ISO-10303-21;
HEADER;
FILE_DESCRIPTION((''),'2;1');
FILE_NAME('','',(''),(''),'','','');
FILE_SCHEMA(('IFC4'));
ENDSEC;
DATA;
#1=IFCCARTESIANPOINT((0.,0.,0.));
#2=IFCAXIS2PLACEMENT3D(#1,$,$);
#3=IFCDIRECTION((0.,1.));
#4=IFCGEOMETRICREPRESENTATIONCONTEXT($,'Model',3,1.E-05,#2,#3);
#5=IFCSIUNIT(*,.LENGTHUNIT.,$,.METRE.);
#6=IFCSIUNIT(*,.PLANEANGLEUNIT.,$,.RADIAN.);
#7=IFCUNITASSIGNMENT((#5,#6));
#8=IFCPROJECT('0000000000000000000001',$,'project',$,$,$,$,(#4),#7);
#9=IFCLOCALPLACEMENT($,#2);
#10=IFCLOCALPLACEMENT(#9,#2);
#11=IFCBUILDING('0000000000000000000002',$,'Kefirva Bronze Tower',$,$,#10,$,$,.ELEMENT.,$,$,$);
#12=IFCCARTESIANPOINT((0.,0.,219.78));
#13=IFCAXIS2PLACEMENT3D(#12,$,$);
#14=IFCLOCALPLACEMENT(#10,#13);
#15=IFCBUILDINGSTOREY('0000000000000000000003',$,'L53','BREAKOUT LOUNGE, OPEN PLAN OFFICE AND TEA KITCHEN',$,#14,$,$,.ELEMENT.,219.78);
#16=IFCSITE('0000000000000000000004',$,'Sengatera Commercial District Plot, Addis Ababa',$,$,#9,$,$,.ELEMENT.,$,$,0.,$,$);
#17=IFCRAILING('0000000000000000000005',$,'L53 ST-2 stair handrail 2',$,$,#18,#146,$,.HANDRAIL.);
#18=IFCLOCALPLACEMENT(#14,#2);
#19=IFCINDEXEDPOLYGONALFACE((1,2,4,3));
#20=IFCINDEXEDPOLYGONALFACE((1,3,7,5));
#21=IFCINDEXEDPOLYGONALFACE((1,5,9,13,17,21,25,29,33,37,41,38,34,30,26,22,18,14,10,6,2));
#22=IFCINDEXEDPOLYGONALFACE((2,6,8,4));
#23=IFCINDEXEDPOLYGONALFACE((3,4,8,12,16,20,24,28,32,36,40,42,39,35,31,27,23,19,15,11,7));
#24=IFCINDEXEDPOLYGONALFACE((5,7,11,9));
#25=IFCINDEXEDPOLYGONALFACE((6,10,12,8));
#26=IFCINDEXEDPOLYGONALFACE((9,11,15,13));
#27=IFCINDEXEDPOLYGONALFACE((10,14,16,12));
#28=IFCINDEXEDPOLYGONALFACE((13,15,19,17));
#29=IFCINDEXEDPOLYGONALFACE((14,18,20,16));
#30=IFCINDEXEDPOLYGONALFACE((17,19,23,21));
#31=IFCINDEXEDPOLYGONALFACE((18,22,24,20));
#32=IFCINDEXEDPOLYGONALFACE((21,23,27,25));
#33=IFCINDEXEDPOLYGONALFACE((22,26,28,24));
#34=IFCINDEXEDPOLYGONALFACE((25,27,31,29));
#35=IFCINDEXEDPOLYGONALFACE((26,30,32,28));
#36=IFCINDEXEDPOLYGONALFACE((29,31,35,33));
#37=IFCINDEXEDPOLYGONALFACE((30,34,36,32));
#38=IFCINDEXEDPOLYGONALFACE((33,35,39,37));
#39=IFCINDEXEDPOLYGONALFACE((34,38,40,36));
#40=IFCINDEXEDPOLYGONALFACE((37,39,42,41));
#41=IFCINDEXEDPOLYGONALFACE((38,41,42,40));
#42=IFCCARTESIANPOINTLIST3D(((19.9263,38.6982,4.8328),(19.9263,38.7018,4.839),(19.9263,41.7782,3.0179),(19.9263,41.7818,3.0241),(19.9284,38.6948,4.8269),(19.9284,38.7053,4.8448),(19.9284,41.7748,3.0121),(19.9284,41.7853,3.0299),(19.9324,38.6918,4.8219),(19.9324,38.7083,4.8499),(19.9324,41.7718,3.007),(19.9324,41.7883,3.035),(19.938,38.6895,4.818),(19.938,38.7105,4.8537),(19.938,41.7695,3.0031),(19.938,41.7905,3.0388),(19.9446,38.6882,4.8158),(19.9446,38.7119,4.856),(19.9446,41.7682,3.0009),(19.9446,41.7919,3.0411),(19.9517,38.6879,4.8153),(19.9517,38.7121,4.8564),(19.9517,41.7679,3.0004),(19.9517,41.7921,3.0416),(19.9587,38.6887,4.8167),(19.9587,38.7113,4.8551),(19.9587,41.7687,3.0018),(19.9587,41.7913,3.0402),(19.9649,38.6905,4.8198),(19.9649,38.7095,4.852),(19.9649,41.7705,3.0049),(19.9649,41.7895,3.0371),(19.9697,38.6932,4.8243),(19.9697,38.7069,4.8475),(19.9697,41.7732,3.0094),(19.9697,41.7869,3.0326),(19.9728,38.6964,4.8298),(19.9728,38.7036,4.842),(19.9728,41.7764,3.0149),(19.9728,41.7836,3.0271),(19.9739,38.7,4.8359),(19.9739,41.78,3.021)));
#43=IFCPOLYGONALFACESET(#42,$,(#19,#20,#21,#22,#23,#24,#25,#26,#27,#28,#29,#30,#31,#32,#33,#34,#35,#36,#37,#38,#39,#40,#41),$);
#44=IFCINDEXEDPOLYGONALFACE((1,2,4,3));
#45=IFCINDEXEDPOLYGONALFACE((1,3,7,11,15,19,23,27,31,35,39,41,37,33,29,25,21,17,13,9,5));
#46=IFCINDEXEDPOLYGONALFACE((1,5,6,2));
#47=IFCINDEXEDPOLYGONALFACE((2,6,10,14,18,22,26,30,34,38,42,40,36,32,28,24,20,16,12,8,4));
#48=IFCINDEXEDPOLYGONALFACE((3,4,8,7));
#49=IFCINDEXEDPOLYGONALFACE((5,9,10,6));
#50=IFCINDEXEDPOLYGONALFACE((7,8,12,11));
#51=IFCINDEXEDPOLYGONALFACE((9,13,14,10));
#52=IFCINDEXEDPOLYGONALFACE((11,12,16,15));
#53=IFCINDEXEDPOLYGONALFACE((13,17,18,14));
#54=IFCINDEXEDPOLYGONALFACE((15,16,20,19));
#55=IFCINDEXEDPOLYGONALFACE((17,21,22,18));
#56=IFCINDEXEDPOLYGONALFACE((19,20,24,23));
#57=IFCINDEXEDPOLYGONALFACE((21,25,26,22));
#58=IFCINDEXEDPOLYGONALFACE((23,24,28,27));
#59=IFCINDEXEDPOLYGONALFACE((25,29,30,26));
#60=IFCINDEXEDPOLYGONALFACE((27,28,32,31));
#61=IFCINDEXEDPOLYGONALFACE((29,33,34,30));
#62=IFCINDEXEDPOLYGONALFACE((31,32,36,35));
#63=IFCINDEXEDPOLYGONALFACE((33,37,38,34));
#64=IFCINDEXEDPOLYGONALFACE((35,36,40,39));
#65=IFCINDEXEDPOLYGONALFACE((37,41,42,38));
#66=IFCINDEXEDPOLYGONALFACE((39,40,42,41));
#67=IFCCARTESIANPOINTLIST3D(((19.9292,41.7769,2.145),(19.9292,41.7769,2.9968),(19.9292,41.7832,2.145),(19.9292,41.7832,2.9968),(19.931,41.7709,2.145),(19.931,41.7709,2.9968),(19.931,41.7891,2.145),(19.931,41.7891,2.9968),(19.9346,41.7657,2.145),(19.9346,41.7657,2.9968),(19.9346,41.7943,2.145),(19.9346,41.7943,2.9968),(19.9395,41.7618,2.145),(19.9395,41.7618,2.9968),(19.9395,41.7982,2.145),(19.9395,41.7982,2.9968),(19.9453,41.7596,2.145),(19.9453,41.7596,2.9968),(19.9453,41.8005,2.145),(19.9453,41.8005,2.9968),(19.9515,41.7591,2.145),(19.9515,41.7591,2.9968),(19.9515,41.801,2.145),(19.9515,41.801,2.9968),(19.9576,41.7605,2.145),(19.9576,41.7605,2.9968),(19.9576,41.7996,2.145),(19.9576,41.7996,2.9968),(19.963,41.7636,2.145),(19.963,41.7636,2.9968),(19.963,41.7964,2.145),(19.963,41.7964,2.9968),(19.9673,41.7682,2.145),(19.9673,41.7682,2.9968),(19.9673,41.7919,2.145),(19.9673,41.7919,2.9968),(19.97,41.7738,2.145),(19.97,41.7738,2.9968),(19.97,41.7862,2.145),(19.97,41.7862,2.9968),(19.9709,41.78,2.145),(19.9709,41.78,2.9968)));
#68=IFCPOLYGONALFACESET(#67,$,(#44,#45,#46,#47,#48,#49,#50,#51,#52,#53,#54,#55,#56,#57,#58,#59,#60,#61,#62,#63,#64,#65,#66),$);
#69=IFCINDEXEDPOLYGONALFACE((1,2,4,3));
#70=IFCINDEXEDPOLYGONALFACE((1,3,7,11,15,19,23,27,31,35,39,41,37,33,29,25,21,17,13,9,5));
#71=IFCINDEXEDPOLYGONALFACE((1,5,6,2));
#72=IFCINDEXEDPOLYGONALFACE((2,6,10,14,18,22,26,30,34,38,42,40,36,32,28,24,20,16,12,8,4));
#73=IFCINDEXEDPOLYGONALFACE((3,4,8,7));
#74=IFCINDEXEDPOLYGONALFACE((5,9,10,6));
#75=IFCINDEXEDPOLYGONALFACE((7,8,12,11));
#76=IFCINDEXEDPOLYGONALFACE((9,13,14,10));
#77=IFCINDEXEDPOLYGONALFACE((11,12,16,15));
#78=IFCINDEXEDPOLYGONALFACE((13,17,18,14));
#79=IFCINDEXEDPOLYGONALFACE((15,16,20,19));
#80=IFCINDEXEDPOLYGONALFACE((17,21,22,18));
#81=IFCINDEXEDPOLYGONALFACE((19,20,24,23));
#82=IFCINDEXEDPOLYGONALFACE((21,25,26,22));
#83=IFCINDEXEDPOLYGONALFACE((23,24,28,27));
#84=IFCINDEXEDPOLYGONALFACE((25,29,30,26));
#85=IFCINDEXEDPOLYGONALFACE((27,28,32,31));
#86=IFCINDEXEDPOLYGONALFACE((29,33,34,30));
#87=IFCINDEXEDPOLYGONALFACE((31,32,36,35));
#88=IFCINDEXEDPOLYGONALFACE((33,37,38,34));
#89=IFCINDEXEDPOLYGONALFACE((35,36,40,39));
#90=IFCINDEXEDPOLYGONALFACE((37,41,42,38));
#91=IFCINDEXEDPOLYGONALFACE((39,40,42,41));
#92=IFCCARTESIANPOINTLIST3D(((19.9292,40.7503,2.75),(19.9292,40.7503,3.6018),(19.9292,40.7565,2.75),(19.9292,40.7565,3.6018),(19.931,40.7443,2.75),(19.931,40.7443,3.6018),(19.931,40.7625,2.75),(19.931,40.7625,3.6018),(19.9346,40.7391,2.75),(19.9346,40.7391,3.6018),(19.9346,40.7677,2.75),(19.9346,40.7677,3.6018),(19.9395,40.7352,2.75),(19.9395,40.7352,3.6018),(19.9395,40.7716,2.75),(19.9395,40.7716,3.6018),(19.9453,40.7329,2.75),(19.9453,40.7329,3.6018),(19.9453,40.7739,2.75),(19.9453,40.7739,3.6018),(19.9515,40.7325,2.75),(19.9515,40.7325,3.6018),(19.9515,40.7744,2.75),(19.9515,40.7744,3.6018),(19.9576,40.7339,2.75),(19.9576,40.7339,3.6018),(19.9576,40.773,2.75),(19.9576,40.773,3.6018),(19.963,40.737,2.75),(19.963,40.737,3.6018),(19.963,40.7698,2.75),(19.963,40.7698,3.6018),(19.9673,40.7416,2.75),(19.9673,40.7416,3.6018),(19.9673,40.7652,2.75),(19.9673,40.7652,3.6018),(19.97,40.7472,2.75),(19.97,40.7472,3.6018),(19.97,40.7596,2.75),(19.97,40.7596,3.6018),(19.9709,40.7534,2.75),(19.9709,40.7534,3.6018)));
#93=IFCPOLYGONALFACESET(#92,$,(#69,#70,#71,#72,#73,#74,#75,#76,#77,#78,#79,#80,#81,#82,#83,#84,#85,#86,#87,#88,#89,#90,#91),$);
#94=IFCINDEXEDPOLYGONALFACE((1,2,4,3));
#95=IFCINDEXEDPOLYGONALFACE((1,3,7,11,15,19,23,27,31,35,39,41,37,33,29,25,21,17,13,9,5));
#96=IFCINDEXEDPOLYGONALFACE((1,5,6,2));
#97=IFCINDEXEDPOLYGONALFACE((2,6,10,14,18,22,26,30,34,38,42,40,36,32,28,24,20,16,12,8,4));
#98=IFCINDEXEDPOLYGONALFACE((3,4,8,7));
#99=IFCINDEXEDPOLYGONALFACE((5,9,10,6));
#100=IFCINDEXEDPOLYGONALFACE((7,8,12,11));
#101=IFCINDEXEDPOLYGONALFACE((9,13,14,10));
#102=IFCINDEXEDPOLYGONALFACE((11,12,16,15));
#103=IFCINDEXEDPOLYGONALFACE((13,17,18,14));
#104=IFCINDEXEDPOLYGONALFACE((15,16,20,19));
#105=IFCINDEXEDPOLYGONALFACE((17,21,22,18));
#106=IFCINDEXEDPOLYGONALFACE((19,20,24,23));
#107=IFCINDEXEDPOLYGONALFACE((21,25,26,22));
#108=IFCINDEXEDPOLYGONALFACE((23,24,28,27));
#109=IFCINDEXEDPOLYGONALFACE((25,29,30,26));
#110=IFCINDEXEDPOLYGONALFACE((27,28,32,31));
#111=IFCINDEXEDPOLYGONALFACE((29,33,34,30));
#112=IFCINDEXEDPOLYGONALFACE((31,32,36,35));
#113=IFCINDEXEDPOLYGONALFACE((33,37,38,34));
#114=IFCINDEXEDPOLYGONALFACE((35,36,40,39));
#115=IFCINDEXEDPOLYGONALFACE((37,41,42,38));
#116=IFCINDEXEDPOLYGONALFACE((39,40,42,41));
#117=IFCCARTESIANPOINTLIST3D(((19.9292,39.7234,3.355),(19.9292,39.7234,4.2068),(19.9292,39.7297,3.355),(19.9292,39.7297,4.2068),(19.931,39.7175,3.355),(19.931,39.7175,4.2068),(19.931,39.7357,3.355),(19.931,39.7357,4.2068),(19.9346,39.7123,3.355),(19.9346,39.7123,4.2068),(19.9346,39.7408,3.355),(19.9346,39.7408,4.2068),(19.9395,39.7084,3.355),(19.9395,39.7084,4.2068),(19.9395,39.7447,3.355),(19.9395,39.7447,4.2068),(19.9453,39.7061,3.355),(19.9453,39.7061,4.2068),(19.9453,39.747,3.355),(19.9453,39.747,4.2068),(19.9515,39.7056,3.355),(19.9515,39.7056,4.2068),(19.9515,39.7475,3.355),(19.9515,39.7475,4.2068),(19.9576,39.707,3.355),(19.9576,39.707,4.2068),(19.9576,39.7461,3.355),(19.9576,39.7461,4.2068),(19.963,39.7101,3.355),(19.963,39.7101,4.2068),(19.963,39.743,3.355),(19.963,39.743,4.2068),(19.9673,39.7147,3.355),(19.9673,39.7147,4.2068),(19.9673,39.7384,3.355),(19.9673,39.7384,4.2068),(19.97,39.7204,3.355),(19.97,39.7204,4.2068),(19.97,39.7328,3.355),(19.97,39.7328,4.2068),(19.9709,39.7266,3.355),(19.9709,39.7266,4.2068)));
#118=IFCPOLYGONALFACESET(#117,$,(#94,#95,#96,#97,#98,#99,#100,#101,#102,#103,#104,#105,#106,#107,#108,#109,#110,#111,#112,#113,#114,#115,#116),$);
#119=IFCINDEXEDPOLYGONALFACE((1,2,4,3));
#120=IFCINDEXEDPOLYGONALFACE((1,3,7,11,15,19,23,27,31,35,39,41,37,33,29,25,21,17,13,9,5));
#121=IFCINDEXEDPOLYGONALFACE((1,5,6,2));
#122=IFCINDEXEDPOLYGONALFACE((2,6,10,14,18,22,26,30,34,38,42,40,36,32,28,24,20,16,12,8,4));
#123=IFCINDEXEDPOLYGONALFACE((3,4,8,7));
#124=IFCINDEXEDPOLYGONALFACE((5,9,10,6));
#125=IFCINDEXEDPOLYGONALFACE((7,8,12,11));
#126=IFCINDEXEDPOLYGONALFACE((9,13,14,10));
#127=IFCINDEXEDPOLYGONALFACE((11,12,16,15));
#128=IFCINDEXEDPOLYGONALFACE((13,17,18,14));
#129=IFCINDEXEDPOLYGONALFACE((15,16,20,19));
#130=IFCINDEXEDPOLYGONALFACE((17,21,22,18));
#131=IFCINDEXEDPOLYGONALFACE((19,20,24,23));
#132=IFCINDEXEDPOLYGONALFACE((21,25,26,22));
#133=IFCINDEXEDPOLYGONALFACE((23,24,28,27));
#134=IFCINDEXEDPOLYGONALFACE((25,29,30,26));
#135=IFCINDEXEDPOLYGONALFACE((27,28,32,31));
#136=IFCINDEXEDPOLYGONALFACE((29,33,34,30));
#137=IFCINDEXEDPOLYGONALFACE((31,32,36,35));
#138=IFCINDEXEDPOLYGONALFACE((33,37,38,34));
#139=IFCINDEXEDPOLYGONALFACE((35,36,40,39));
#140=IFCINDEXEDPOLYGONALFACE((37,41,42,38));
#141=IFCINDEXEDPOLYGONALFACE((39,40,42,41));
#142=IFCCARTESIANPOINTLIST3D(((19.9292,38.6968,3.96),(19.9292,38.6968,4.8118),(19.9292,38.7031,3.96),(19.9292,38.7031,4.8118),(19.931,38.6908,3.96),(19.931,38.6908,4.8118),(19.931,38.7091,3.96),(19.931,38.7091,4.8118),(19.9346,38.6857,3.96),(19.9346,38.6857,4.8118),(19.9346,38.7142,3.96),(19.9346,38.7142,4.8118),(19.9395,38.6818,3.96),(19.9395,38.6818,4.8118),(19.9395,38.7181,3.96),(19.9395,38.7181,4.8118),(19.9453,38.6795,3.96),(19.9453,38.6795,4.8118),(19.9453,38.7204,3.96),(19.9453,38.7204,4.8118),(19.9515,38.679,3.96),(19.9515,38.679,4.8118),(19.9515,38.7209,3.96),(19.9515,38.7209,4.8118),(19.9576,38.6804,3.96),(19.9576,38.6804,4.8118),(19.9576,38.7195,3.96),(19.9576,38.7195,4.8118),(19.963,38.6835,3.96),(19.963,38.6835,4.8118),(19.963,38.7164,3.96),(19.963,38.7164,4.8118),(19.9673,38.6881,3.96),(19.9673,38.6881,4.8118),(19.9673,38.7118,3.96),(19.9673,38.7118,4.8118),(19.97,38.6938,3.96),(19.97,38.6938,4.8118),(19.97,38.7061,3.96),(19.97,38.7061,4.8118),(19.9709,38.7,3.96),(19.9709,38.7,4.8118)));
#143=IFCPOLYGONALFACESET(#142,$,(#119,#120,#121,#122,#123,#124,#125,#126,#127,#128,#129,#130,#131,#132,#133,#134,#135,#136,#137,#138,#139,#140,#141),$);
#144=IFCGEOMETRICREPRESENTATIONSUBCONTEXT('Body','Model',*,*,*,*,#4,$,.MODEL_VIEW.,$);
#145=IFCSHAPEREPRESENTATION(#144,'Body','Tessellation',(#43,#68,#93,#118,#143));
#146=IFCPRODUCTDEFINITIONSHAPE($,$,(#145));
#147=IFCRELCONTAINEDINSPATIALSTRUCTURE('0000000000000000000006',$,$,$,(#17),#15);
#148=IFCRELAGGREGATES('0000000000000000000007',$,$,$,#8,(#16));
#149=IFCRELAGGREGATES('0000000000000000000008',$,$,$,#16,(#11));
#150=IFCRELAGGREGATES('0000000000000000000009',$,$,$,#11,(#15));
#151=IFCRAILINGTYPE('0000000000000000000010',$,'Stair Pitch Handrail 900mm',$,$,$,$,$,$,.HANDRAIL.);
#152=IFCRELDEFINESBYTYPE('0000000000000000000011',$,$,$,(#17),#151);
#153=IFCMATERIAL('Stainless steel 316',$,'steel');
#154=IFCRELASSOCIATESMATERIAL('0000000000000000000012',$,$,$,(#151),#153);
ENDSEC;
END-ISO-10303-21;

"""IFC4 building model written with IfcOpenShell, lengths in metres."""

from ifc_helpers import new_model, si_unit, direction, frame, origin, origin_2d, place, context, subcontext, project, spatial, circle, extrude, material, type_object, element, save


model = new_model("IFC4")

# Units and contexts
model_context = context("Model", 3, precision=1e-05, world=origin(), true_north=direction((0.0, 1.0)))
body_context = subcontext(model_context, "Body", "Model", "MODEL_VIEW")
ifc_project = project(units=[si_unit("LENGTHUNIT", "METRE"), si_unit("PLANEANGLEUNIT", "RADIAN")], contexts=[model_context])

# Site, building, storey
site_placement = place(None, origin())
site = spatial("IfcSite", under=ifc_project, at=site_placement, Name="Sengatera Commercial District Plot, Addis Ababa", CompositionType="ELEMENT", RefElevation=0.0)
building_placement = place(site_placement, origin())
building = spatial("IfcBuilding", under=site, at=building_placement, Name="Kefirva Bronze Tower", CompositionType="ELEMENT")
storey_placement = place(building_placement, frame((0.0, 0.0, 219.78)))
storey = spatial("IfcBuildingStorey", under=building, at=storey_placement, Name="L53", Description="BREAKOUT LOUNGE, OPEN PLAN OFFICE AND TEA KITCHEN", CompositionType="ELEMENT", Elevation=219.78)

# Railing
ifc_material_1 = material(Name="Stainless steel 316", Category="steel")
railing_type_1 = type_object("IfcRailingType", Name="Stair Pitch Handrail 900mm", PredefinedType="HANDRAIL", material=ifc_material_1)
railing_1_placement = place(storey_placement, frame((19.95, 41.78, 2.145)))
element("IfcRailing", 1, at=railing_1_placement, inside=storey, type_object=railing_type_1, Name="L53 ST-2 stair handrail 2", PredefinedType="HANDRAIL", context=body_context, shape_type="SweptSolid", body=[
    extrude(circle(Radius=0.0239, at=origin_2d()), frame((0.0, 0.0, 0.876), z_axis=(0.0, -0.861551, 0.507671), x_axis=(1.0, 0.0, 0.0)), (0.0, 0.0, 1.0), 3.575),
    extrude(circle(Radius=0.021, at=origin_2d()), origin(), (0.0, 0.0, 1.0), 0.8518),
    extrude(circle(Radius=0.021, at=origin_2d()), frame((0.0, -1.0266, 0.605)), (0.0, 0.0, 1.0), 0.8518),
    extrude(circle(Radius=0.021, at=origin_2d()), frame((0.0, -2.0535, 1.21)), (0.0, 0.0, 1.0), 0.8518),
    extrude(circle(Radius=0.021, at=origin_2d()), frame((0.0, -3.0801, 1.8149)), (0.0, 0.0, 1.0), 0.8518),
])

save(model, "model.ifc")
